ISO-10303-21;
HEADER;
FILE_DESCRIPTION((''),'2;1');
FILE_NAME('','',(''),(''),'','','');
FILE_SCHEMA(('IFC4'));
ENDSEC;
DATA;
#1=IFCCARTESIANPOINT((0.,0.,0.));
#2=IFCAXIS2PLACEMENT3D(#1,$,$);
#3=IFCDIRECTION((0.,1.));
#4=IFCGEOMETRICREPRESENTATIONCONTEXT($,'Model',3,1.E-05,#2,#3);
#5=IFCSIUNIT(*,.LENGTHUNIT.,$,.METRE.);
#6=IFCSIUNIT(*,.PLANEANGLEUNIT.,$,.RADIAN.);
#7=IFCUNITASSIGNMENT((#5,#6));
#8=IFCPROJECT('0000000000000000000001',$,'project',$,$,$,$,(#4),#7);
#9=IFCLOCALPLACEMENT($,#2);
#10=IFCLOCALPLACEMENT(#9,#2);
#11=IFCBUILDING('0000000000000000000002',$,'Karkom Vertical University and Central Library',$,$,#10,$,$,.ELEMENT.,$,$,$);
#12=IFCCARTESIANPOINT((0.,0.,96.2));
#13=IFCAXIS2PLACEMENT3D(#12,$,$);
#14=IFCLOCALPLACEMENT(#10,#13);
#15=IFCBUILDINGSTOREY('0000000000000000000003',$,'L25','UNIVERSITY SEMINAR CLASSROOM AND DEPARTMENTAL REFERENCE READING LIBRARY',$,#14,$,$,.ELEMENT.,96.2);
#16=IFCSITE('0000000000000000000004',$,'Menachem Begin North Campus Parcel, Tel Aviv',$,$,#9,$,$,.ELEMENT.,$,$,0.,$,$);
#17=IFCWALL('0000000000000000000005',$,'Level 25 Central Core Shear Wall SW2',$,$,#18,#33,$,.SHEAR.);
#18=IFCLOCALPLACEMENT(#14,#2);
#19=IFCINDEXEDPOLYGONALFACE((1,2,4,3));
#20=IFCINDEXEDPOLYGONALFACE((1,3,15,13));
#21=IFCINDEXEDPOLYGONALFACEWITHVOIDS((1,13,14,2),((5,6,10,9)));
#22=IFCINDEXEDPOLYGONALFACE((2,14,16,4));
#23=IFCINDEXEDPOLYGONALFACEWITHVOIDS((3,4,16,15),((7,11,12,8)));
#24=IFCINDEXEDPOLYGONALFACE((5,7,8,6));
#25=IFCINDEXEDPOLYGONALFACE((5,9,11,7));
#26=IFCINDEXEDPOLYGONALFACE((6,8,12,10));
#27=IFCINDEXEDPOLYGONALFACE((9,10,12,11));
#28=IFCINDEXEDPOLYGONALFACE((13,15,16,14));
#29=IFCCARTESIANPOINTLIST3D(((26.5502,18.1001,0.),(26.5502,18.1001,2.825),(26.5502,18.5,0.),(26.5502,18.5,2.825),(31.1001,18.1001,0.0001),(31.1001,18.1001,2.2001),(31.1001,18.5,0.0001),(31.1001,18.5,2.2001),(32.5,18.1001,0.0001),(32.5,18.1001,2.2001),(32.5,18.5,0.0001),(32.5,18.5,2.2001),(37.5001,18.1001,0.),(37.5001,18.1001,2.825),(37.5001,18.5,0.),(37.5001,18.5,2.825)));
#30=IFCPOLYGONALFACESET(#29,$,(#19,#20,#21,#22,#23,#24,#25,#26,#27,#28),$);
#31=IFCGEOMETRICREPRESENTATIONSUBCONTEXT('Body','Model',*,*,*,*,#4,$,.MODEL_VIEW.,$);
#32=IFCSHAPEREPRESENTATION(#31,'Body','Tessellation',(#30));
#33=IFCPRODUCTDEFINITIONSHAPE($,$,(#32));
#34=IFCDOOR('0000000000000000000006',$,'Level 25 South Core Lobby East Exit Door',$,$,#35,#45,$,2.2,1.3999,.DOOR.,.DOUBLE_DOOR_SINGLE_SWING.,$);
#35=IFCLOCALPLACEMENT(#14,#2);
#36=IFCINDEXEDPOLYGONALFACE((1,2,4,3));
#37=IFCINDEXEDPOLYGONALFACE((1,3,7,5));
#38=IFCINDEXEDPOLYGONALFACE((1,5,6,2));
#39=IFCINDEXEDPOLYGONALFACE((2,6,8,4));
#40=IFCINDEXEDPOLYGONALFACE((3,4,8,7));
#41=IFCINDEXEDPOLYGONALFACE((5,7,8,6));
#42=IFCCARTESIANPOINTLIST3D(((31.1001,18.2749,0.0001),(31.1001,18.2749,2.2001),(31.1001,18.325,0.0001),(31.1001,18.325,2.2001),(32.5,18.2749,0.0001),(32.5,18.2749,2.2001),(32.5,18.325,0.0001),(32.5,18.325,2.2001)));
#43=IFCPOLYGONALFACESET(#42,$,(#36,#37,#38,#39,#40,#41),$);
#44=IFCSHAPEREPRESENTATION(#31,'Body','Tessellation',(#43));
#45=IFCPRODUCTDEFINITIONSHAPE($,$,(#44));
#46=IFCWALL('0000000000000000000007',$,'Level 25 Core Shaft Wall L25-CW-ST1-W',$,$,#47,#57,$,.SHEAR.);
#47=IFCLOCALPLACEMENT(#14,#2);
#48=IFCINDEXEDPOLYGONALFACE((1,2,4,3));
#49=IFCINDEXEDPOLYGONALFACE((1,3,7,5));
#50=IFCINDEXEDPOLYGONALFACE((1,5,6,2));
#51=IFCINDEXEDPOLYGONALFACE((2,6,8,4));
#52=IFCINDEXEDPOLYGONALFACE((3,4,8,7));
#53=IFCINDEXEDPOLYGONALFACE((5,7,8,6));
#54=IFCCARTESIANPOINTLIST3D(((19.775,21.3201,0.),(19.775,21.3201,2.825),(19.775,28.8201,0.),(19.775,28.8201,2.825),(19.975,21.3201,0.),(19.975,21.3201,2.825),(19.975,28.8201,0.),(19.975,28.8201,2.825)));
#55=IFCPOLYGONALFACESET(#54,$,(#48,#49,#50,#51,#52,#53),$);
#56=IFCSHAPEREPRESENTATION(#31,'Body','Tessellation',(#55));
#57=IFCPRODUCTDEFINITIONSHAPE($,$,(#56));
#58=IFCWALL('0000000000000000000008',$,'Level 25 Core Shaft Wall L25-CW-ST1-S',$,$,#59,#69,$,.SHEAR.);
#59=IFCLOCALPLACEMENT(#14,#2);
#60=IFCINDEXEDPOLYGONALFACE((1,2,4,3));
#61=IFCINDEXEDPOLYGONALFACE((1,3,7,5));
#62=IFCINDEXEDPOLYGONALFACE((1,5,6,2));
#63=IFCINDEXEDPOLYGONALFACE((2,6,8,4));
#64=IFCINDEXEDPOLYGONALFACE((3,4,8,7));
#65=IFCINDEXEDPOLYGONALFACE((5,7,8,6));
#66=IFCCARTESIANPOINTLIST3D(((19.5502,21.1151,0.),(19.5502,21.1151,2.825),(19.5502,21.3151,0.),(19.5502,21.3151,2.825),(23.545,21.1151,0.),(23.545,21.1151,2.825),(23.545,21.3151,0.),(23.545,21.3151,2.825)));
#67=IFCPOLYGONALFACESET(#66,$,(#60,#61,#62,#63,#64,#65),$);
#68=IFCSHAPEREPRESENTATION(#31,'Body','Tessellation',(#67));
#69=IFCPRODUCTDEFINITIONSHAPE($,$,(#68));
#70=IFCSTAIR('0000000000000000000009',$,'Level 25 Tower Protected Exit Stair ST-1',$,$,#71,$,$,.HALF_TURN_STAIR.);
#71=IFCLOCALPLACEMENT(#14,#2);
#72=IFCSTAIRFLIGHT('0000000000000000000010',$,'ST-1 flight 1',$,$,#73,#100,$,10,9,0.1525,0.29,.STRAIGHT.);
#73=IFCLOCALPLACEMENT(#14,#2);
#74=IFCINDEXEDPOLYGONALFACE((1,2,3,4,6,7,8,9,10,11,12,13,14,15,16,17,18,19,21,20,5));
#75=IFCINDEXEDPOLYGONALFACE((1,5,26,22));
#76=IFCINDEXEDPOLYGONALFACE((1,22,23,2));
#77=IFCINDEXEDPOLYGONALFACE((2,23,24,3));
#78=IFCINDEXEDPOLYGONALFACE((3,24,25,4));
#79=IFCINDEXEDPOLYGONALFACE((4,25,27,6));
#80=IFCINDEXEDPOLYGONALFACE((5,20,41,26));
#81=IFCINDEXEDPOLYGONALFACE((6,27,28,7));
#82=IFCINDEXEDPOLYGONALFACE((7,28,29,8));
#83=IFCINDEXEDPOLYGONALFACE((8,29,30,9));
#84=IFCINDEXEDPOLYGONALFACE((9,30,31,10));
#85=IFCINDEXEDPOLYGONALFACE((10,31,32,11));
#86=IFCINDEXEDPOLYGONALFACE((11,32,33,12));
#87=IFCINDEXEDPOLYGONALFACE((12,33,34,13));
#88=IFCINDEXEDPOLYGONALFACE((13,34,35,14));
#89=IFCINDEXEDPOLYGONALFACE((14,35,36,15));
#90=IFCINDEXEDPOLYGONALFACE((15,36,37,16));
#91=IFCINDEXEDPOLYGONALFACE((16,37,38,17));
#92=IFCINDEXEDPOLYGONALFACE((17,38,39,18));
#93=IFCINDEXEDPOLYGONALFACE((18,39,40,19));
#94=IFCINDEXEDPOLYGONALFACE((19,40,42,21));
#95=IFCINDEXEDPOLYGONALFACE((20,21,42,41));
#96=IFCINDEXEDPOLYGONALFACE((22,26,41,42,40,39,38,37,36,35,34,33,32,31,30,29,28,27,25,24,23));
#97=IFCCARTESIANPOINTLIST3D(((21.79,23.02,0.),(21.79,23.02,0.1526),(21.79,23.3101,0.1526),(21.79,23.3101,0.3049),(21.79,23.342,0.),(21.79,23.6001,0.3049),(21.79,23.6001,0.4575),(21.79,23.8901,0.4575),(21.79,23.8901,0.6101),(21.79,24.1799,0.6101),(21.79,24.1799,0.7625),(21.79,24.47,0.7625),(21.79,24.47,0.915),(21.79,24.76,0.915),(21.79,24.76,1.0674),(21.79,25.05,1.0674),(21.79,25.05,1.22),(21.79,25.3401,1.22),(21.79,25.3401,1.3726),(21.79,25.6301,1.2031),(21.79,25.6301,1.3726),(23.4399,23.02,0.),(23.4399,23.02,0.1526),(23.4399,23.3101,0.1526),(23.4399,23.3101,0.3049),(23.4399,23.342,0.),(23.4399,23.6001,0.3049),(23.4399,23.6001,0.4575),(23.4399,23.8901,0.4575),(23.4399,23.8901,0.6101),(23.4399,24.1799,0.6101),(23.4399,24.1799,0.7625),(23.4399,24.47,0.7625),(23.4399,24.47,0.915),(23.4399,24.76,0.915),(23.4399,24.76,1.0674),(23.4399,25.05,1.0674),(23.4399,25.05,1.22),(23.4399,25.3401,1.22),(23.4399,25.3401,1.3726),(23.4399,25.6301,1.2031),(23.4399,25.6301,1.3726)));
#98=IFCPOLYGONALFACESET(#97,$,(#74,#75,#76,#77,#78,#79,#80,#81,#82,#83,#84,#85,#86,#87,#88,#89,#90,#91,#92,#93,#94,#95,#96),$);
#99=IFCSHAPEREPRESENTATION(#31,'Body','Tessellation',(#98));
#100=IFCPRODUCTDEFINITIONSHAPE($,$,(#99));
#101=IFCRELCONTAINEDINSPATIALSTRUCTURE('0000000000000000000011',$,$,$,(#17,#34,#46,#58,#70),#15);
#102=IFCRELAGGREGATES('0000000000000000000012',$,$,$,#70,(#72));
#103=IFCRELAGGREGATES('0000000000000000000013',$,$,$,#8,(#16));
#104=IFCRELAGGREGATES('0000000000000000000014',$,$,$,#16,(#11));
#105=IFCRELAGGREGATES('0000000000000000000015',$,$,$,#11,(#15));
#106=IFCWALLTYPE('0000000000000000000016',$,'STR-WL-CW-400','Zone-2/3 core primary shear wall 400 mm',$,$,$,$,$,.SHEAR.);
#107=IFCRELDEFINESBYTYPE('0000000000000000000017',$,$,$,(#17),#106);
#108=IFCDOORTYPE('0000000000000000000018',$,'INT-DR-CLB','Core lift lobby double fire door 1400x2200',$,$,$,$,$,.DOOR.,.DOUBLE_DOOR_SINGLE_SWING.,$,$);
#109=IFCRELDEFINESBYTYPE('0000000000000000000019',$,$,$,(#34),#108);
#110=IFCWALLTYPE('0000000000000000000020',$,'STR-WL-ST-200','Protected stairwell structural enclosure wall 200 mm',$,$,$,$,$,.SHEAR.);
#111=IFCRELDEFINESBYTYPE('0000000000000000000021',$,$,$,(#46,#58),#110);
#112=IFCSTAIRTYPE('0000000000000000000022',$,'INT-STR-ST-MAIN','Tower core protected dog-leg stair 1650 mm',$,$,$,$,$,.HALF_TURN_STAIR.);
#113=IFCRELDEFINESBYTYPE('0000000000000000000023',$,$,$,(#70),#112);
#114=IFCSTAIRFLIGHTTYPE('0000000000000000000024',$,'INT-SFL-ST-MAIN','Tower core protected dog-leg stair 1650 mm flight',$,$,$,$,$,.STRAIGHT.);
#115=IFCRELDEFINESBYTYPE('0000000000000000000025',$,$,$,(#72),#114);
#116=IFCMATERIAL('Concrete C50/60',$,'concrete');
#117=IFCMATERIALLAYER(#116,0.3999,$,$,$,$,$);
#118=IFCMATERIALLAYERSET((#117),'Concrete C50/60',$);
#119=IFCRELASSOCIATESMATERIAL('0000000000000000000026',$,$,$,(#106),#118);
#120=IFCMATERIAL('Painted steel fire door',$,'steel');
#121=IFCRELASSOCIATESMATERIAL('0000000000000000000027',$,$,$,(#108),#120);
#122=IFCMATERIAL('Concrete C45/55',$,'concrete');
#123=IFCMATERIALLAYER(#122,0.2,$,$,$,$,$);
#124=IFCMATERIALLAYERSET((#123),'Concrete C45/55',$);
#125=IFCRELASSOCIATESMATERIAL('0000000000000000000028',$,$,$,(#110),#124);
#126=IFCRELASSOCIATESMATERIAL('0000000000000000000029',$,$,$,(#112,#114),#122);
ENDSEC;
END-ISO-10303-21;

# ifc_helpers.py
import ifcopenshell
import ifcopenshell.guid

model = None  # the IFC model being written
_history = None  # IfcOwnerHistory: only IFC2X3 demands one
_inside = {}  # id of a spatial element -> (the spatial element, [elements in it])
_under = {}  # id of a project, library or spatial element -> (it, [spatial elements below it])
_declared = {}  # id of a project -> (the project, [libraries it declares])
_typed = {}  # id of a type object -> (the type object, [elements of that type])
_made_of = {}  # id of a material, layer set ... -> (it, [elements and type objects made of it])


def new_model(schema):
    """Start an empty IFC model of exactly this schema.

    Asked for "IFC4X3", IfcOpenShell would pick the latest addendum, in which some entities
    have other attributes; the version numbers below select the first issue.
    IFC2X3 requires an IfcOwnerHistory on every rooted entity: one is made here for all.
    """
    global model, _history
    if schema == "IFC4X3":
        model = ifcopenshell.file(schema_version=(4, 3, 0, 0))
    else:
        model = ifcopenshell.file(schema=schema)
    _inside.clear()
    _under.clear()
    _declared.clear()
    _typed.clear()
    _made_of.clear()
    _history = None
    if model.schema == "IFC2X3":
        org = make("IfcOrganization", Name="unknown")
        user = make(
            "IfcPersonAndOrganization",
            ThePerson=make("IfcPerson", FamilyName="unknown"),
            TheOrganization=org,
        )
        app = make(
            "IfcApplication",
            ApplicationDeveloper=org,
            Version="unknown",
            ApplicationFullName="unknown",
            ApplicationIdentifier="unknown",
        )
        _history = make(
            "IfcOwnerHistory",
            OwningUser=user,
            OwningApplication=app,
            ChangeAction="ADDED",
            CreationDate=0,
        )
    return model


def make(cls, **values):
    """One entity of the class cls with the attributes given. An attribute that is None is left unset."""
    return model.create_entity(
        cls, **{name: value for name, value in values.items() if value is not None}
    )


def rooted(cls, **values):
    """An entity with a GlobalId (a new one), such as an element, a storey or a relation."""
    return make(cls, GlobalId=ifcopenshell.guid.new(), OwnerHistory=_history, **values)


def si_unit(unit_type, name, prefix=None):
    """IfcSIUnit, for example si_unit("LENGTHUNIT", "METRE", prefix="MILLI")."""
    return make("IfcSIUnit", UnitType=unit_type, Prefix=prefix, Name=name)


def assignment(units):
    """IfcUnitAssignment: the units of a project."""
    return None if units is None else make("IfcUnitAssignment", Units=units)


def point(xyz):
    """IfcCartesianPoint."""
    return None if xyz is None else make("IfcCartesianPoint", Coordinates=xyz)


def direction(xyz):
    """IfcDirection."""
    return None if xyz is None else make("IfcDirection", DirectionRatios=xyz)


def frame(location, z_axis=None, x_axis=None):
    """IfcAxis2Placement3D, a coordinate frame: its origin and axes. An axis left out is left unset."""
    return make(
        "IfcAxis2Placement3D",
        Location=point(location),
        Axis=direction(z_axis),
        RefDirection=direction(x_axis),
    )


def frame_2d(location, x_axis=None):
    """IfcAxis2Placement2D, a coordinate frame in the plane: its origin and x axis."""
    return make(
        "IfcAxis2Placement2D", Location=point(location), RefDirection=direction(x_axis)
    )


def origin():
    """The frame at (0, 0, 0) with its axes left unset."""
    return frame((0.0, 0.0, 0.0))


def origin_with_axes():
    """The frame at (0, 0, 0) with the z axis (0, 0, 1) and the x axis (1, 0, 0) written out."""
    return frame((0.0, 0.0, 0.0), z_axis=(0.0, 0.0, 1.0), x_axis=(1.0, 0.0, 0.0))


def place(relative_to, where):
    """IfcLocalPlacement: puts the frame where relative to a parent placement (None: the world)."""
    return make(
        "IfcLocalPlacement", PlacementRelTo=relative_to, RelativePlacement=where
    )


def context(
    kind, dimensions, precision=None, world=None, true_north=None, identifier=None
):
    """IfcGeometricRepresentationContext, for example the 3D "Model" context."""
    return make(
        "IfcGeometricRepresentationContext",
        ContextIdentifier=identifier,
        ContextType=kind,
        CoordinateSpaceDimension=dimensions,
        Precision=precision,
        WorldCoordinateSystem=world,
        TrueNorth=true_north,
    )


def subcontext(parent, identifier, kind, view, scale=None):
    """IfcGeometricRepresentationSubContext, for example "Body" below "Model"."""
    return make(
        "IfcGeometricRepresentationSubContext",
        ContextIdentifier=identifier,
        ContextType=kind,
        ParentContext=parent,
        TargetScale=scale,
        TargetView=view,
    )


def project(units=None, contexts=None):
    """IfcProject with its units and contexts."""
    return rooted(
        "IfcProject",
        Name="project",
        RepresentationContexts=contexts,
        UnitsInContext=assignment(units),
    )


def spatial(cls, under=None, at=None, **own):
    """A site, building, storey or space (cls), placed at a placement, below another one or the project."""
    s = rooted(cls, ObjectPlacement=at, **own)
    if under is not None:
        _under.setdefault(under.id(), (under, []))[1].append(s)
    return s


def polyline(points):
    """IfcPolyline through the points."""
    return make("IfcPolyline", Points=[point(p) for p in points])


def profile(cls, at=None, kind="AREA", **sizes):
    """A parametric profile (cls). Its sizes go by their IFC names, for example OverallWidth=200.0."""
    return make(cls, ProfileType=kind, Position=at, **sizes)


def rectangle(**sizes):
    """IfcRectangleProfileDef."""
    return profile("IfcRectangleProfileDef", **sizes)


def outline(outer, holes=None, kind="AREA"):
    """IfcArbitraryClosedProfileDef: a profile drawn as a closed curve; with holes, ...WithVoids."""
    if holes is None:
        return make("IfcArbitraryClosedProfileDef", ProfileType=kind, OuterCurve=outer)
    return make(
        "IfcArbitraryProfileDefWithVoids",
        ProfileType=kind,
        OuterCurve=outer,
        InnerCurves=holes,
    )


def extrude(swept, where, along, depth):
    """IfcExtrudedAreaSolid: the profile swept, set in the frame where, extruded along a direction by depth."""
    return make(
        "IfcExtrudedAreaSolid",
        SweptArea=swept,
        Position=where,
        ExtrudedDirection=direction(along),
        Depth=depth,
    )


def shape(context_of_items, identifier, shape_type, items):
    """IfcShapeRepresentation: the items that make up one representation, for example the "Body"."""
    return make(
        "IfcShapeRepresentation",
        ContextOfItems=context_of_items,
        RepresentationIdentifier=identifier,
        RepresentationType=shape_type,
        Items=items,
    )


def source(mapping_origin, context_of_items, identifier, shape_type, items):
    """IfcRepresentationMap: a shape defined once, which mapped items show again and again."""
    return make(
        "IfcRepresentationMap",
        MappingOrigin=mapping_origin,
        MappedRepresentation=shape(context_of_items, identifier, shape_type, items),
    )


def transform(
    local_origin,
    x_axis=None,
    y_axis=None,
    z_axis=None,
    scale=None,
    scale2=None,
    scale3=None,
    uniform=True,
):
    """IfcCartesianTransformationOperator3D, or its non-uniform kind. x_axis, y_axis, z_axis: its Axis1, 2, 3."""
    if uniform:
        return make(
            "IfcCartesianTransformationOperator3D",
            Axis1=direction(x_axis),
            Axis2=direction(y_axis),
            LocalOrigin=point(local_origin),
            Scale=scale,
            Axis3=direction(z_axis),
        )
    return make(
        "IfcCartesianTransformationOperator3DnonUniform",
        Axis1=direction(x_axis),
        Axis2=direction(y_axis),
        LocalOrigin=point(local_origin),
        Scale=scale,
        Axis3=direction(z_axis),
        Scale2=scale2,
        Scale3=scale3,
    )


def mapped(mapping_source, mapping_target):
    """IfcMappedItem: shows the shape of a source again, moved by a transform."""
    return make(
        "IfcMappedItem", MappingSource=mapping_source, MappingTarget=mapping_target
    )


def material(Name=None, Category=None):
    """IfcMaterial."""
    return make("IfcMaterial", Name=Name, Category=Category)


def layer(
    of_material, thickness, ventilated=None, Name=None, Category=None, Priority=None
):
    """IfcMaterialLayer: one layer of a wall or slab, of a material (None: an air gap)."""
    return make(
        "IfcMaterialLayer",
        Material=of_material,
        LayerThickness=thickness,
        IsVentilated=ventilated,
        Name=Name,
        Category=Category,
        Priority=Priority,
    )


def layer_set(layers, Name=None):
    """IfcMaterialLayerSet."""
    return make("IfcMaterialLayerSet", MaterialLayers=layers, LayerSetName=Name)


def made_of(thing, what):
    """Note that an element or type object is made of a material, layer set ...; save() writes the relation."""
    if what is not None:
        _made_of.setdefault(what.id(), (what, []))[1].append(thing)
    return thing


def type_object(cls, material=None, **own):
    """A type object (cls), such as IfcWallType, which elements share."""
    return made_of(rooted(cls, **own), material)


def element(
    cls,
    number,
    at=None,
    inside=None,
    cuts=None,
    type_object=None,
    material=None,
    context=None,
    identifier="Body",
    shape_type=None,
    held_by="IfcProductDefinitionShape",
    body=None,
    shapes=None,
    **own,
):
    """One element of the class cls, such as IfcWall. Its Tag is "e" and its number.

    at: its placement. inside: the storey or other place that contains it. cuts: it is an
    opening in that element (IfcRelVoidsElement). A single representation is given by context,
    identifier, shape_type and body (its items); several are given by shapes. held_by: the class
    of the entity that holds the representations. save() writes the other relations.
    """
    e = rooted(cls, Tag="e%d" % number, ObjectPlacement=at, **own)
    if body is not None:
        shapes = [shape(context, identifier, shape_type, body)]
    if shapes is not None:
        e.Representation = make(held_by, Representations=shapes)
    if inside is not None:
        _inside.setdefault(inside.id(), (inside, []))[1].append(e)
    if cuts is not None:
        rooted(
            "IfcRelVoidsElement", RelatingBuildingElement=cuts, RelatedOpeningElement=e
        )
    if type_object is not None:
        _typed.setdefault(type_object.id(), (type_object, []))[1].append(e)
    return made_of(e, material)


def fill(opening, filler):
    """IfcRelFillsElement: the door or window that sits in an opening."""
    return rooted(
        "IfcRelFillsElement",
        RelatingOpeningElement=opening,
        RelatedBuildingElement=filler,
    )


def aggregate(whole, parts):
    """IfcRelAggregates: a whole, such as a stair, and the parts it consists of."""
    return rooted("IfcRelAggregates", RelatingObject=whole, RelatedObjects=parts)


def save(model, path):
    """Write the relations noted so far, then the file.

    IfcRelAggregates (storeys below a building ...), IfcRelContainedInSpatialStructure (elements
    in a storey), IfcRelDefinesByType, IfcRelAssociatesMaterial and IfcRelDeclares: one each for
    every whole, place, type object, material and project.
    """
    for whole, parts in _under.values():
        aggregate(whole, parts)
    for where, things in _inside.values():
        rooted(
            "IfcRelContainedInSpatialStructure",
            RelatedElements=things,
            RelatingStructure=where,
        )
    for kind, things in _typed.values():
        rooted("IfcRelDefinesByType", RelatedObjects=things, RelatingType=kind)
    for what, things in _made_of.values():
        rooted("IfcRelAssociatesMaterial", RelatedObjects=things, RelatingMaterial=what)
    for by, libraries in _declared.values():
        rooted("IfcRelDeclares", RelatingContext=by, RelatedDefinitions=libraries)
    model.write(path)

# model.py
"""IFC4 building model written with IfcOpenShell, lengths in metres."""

from ifc_helpers import new_model, si_unit, direction, frame, frame_2d, origin, origin_with_axes, place, context, subcontext, project, spatial, polyline, rectangle, outline, extrude, source, transform, mapped, material, layer, layer_set, type_object, element, fill, aggregate, save


model = new_model("IFC4")

# Units and contexts
model_context = context("Model", 3, precision=1e-05, world=origin(), true_north=direction((0.0, 1.0)))
body_context = subcontext(model_context, "Body", "Model", "MODEL_VIEW")
ifc_project = project(units=[si_unit("LENGTHUNIT", "METRE"), si_unit("PLANEANGLEUNIT", "RADIAN")], contexts=[model_context])

# Site, building, storey
site_placement = place(None, origin())
site = spatial("IfcSite", under=ifc_project, at=site_placement, Name="Menachem Begin North Campus Parcel, Tel Aviv", CompositionType="ELEMENT", RefElevation=0.0)
building_placement = place(site_placement, origin())
building = spatial("IfcBuilding", under=site, at=building_placement, Name="Karkom Vertical University and Central Library", CompositionType="ELEMENT")
storey_placement = place(building_placement, frame((0.0, 0.0, 96.2)))
storey = spatial("IfcBuildingStorey", under=building, at=storey_placement, Name="L25", Description="UNIVERSITY SEMINAR CLASSROOM AND DEPARTMENTAL REFERENCE READING LIBRARY", CompositionType="ELEMENT", Elevation=96.2)

# Shared definitions
ifc_material_1 = material(Name="Concrete C50/60", Category="concrete")

# Wall, opening, door
ifc_layer_1 = layer(ifc_material_1, 0.3999)
ifc_layer_set_1 = layer_set([ifc_layer_1], Name="Concrete C50/60")
wall_type_1 = type_object("IfcWallType", Name="STR-WL-CW-400", Description="Zone-2/3 core primary shear wall 400 mm", PredefinedType="SHEAR", material=ifc_layer_set_1)
wall_1_placement = place(storey_placement, frame((26.55, 18.3, 0.0), z_axis=(0.0, 0.0, 1.0), x_axis=(1.0, 0.0, 0.0)))
wall_1 = element("IfcWall", 1, at=wall_1_placement, inside=storey, type_object=wall_type_1, Name="Level 25 Central Core Shear Wall SW2", PredefinedType="SHEAR", context=body_context, shape_type="SweptSolid", body=[
    extrude(rectangle(XDim=10.95, YDim=0.3999, at=frame_2d((5.4751, 0.0))), origin(), (0.0, 0.0, 1.0), 2.825),
])
opening_1_placement = place(wall_1_placement, frame((4.55, 0.0, 0.0)))
opening_1 = element("IfcOpeningElement", 2, at=opening_1_placement, cuts=wall_1, PredefinedType="OPENING", context=body_context, shape_type="SweptSolid", body=[
    extrude(rectangle(XDim=1.3999, YDim=2.2, at=frame_2d((0.7, 1.1001))), frame((0.0, 0.21, 0.0), z_axis=(0.0, -1.0, 0.0), x_axis=(1.0, 0.0, 0.0)), (0.0, 0.0, 1.0), 0.4199),
])
ifc_material_2 = material(Name="Painted steel fire door", Category="steel")
door_type_1 = type_object("IfcDoorType", Name="INT-DR-CLB", Description="Core lift lobby double fire door 1400x2200", OperationType="DOUBLE_DOOR_SINGLE_SWING", PredefinedType="DOOR", material=ifc_material_2)
shared_shape_1 = source(origin_with_axes(), body_context, "Body", "SweptSolid", [
    extrude(rectangle(XDim=1.3999, YDim=2.2, at=frame_2d((0.7, 1.1001))), frame((0.0, 0.0249, 0.0), z_axis=(0.0, -1.0, 0.0), x_axis=(1.0, 0.0, 0.0)), (0.0, 0.0, 1.0), 0.05),
])
door_1_placement = place(opening_1_placement, origin())
door_1 = element("IfcDoor", 3, at=door_1_placement, inside=storey, type_object=door_type_1, Name="Level 25 South Core Lobby East Exit Door", OperationType="DOUBLE_DOOR_SINGLE_SWING", OverallHeight=2.2, OverallWidth=1.3999, PredefinedType="DOOR", context=body_context, shape_type="MappedRepresentation", body=[
    mapped(shared_shape_1, transform((0.0, 0.0, 0.0), scale=1.0)),
])
fill(opening_1, door_1)

# Shared definitions
ifc_material_3 = material(Name="Concrete C45/55", Category="concrete")
ifc_layer_2 = layer(ifc_material_3, 0.2)
ifc_layer_set_2 = layer_set([ifc_layer_2], Name="Concrete C45/55")
wall_type_2 = type_object("IfcWallType", Name="STR-WL-ST-200", Description="Protected stairwell structural enclosure wall 200 mm", PredefinedType="SHEAR", material=ifc_layer_set_2)

# Walls
wall_2_placement = place(storey_placement, frame((19.875, 21.3201, 0.0), z_axis=(0.0, 0.0, 1.0), x_axis=(0.0, 1.0, 0.0)))
element("IfcWall", 4, at=wall_2_placement, inside=storey, type_object=wall_type_2, Name="Level 25 Core Shaft Wall L25-CW-ST1-W", PredefinedType="SHEAR", context=body_context, shape_type="SweptSolid", body=[
    extrude(rectangle(XDim=7.5, YDim=0.2, at=frame_2d((3.75, 0.0))), origin(), (0.0, 0.0, 1.0), 2.825),
])
wall_3_placement = place(storey_placement, frame((19.55, 21.2151, 0.0), z_axis=(0.0, 0.0, 1.0), x_axis=(1.0, 0.0, 0.0)))
element("IfcWall", 5, at=wall_3_placement, inside=storey, type_object=wall_type_2, Name="Level 25 Core Shaft Wall L25-CW-ST1-S", PredefinedType="SHEAR", context=body_context, shape_type="SweptSolid", body=[
    extrude(rectangle(XDim=3.9949, YDim=0.2, at=frame_2d((1.9976, 0.0))), origin(), (0.0, 0.0, 1.0), 2.825),
])

# Stair, stair flight
stair_type = type_object("IfcStairType", Name="INT-STR-ST-MAIN", Description="Tower core protected dog-leg stair 1650 mm", PredefinedType="HALF_TURN_STAIR", material=ifc_material_3)
stair_placement = place(storey_placement, origin())
stair = element("IfcStair", 6, at=stair_placement, inside=storey, type_object=stair_type, Name="Level 25 Tower Protected Exit Stair ST-1", PredefinedType="HALF_TURN_STAIR")
stair_flight_type = type_object("IfcStairFlightType", Name="INT-SFL-ST-MAIN", Description="Tower core protected dog-leg stair 1650 mm flight", PredefinedType="STRAIGHT", material=ifc_material_3)
stair_flight_placement = place(storey_placement, frame((22.615, 23.02, 0.0), z_axis=(0.0, 0.0, 1.0), x_axis=(0.0, 1.0, 0.0)))
stair_flight = element("IfcStairFlight", 7, at=stair_flight_placement, type_object=stair_flight_type, Name="ST-1 flight 1", NumberOfRisers=10, NumberOfTreads=9, PredefinedType="STRAIGHT", RiserHeight=0.1525, TreadLength=0.29, context=body_context, shape_type="SweptSolid", body=[
    extrude(outline(polyline([(0.0, 0.0), (0.0, 0.1526), (0.29, 0.1526), (0.29, 0.3049), (0.5801, 0.3049), (0.5801, 0.4575), (0.8701, 0.4575), (0.8701, 0.6101), (1.1599, 0.6101), (1.1599, 0.7625), (1.45, 0.7625), (1.45, 0.915), (1.74, 0.915), (1.74, 1.0674), (2.03, 1.0674), (2.03, 1.22), (2.3201, 1.22), (2.3201, 1.3726), (2.6101, 1.3726), (2.6101, 1.5249), (2.6101, 1.2031), (0.322, 0.0), (0.0, 0.0)])), frame((0.0, 0.825, 0.0), z_axis=(0.0, -1.0, 0.0), x_axis=(1.0, 0.0, 0.0)), (0.0, 0.0, 1.0), 1.6499),
])
aggregate(stair, [stair_flight])

save(model, "model.ifc")
